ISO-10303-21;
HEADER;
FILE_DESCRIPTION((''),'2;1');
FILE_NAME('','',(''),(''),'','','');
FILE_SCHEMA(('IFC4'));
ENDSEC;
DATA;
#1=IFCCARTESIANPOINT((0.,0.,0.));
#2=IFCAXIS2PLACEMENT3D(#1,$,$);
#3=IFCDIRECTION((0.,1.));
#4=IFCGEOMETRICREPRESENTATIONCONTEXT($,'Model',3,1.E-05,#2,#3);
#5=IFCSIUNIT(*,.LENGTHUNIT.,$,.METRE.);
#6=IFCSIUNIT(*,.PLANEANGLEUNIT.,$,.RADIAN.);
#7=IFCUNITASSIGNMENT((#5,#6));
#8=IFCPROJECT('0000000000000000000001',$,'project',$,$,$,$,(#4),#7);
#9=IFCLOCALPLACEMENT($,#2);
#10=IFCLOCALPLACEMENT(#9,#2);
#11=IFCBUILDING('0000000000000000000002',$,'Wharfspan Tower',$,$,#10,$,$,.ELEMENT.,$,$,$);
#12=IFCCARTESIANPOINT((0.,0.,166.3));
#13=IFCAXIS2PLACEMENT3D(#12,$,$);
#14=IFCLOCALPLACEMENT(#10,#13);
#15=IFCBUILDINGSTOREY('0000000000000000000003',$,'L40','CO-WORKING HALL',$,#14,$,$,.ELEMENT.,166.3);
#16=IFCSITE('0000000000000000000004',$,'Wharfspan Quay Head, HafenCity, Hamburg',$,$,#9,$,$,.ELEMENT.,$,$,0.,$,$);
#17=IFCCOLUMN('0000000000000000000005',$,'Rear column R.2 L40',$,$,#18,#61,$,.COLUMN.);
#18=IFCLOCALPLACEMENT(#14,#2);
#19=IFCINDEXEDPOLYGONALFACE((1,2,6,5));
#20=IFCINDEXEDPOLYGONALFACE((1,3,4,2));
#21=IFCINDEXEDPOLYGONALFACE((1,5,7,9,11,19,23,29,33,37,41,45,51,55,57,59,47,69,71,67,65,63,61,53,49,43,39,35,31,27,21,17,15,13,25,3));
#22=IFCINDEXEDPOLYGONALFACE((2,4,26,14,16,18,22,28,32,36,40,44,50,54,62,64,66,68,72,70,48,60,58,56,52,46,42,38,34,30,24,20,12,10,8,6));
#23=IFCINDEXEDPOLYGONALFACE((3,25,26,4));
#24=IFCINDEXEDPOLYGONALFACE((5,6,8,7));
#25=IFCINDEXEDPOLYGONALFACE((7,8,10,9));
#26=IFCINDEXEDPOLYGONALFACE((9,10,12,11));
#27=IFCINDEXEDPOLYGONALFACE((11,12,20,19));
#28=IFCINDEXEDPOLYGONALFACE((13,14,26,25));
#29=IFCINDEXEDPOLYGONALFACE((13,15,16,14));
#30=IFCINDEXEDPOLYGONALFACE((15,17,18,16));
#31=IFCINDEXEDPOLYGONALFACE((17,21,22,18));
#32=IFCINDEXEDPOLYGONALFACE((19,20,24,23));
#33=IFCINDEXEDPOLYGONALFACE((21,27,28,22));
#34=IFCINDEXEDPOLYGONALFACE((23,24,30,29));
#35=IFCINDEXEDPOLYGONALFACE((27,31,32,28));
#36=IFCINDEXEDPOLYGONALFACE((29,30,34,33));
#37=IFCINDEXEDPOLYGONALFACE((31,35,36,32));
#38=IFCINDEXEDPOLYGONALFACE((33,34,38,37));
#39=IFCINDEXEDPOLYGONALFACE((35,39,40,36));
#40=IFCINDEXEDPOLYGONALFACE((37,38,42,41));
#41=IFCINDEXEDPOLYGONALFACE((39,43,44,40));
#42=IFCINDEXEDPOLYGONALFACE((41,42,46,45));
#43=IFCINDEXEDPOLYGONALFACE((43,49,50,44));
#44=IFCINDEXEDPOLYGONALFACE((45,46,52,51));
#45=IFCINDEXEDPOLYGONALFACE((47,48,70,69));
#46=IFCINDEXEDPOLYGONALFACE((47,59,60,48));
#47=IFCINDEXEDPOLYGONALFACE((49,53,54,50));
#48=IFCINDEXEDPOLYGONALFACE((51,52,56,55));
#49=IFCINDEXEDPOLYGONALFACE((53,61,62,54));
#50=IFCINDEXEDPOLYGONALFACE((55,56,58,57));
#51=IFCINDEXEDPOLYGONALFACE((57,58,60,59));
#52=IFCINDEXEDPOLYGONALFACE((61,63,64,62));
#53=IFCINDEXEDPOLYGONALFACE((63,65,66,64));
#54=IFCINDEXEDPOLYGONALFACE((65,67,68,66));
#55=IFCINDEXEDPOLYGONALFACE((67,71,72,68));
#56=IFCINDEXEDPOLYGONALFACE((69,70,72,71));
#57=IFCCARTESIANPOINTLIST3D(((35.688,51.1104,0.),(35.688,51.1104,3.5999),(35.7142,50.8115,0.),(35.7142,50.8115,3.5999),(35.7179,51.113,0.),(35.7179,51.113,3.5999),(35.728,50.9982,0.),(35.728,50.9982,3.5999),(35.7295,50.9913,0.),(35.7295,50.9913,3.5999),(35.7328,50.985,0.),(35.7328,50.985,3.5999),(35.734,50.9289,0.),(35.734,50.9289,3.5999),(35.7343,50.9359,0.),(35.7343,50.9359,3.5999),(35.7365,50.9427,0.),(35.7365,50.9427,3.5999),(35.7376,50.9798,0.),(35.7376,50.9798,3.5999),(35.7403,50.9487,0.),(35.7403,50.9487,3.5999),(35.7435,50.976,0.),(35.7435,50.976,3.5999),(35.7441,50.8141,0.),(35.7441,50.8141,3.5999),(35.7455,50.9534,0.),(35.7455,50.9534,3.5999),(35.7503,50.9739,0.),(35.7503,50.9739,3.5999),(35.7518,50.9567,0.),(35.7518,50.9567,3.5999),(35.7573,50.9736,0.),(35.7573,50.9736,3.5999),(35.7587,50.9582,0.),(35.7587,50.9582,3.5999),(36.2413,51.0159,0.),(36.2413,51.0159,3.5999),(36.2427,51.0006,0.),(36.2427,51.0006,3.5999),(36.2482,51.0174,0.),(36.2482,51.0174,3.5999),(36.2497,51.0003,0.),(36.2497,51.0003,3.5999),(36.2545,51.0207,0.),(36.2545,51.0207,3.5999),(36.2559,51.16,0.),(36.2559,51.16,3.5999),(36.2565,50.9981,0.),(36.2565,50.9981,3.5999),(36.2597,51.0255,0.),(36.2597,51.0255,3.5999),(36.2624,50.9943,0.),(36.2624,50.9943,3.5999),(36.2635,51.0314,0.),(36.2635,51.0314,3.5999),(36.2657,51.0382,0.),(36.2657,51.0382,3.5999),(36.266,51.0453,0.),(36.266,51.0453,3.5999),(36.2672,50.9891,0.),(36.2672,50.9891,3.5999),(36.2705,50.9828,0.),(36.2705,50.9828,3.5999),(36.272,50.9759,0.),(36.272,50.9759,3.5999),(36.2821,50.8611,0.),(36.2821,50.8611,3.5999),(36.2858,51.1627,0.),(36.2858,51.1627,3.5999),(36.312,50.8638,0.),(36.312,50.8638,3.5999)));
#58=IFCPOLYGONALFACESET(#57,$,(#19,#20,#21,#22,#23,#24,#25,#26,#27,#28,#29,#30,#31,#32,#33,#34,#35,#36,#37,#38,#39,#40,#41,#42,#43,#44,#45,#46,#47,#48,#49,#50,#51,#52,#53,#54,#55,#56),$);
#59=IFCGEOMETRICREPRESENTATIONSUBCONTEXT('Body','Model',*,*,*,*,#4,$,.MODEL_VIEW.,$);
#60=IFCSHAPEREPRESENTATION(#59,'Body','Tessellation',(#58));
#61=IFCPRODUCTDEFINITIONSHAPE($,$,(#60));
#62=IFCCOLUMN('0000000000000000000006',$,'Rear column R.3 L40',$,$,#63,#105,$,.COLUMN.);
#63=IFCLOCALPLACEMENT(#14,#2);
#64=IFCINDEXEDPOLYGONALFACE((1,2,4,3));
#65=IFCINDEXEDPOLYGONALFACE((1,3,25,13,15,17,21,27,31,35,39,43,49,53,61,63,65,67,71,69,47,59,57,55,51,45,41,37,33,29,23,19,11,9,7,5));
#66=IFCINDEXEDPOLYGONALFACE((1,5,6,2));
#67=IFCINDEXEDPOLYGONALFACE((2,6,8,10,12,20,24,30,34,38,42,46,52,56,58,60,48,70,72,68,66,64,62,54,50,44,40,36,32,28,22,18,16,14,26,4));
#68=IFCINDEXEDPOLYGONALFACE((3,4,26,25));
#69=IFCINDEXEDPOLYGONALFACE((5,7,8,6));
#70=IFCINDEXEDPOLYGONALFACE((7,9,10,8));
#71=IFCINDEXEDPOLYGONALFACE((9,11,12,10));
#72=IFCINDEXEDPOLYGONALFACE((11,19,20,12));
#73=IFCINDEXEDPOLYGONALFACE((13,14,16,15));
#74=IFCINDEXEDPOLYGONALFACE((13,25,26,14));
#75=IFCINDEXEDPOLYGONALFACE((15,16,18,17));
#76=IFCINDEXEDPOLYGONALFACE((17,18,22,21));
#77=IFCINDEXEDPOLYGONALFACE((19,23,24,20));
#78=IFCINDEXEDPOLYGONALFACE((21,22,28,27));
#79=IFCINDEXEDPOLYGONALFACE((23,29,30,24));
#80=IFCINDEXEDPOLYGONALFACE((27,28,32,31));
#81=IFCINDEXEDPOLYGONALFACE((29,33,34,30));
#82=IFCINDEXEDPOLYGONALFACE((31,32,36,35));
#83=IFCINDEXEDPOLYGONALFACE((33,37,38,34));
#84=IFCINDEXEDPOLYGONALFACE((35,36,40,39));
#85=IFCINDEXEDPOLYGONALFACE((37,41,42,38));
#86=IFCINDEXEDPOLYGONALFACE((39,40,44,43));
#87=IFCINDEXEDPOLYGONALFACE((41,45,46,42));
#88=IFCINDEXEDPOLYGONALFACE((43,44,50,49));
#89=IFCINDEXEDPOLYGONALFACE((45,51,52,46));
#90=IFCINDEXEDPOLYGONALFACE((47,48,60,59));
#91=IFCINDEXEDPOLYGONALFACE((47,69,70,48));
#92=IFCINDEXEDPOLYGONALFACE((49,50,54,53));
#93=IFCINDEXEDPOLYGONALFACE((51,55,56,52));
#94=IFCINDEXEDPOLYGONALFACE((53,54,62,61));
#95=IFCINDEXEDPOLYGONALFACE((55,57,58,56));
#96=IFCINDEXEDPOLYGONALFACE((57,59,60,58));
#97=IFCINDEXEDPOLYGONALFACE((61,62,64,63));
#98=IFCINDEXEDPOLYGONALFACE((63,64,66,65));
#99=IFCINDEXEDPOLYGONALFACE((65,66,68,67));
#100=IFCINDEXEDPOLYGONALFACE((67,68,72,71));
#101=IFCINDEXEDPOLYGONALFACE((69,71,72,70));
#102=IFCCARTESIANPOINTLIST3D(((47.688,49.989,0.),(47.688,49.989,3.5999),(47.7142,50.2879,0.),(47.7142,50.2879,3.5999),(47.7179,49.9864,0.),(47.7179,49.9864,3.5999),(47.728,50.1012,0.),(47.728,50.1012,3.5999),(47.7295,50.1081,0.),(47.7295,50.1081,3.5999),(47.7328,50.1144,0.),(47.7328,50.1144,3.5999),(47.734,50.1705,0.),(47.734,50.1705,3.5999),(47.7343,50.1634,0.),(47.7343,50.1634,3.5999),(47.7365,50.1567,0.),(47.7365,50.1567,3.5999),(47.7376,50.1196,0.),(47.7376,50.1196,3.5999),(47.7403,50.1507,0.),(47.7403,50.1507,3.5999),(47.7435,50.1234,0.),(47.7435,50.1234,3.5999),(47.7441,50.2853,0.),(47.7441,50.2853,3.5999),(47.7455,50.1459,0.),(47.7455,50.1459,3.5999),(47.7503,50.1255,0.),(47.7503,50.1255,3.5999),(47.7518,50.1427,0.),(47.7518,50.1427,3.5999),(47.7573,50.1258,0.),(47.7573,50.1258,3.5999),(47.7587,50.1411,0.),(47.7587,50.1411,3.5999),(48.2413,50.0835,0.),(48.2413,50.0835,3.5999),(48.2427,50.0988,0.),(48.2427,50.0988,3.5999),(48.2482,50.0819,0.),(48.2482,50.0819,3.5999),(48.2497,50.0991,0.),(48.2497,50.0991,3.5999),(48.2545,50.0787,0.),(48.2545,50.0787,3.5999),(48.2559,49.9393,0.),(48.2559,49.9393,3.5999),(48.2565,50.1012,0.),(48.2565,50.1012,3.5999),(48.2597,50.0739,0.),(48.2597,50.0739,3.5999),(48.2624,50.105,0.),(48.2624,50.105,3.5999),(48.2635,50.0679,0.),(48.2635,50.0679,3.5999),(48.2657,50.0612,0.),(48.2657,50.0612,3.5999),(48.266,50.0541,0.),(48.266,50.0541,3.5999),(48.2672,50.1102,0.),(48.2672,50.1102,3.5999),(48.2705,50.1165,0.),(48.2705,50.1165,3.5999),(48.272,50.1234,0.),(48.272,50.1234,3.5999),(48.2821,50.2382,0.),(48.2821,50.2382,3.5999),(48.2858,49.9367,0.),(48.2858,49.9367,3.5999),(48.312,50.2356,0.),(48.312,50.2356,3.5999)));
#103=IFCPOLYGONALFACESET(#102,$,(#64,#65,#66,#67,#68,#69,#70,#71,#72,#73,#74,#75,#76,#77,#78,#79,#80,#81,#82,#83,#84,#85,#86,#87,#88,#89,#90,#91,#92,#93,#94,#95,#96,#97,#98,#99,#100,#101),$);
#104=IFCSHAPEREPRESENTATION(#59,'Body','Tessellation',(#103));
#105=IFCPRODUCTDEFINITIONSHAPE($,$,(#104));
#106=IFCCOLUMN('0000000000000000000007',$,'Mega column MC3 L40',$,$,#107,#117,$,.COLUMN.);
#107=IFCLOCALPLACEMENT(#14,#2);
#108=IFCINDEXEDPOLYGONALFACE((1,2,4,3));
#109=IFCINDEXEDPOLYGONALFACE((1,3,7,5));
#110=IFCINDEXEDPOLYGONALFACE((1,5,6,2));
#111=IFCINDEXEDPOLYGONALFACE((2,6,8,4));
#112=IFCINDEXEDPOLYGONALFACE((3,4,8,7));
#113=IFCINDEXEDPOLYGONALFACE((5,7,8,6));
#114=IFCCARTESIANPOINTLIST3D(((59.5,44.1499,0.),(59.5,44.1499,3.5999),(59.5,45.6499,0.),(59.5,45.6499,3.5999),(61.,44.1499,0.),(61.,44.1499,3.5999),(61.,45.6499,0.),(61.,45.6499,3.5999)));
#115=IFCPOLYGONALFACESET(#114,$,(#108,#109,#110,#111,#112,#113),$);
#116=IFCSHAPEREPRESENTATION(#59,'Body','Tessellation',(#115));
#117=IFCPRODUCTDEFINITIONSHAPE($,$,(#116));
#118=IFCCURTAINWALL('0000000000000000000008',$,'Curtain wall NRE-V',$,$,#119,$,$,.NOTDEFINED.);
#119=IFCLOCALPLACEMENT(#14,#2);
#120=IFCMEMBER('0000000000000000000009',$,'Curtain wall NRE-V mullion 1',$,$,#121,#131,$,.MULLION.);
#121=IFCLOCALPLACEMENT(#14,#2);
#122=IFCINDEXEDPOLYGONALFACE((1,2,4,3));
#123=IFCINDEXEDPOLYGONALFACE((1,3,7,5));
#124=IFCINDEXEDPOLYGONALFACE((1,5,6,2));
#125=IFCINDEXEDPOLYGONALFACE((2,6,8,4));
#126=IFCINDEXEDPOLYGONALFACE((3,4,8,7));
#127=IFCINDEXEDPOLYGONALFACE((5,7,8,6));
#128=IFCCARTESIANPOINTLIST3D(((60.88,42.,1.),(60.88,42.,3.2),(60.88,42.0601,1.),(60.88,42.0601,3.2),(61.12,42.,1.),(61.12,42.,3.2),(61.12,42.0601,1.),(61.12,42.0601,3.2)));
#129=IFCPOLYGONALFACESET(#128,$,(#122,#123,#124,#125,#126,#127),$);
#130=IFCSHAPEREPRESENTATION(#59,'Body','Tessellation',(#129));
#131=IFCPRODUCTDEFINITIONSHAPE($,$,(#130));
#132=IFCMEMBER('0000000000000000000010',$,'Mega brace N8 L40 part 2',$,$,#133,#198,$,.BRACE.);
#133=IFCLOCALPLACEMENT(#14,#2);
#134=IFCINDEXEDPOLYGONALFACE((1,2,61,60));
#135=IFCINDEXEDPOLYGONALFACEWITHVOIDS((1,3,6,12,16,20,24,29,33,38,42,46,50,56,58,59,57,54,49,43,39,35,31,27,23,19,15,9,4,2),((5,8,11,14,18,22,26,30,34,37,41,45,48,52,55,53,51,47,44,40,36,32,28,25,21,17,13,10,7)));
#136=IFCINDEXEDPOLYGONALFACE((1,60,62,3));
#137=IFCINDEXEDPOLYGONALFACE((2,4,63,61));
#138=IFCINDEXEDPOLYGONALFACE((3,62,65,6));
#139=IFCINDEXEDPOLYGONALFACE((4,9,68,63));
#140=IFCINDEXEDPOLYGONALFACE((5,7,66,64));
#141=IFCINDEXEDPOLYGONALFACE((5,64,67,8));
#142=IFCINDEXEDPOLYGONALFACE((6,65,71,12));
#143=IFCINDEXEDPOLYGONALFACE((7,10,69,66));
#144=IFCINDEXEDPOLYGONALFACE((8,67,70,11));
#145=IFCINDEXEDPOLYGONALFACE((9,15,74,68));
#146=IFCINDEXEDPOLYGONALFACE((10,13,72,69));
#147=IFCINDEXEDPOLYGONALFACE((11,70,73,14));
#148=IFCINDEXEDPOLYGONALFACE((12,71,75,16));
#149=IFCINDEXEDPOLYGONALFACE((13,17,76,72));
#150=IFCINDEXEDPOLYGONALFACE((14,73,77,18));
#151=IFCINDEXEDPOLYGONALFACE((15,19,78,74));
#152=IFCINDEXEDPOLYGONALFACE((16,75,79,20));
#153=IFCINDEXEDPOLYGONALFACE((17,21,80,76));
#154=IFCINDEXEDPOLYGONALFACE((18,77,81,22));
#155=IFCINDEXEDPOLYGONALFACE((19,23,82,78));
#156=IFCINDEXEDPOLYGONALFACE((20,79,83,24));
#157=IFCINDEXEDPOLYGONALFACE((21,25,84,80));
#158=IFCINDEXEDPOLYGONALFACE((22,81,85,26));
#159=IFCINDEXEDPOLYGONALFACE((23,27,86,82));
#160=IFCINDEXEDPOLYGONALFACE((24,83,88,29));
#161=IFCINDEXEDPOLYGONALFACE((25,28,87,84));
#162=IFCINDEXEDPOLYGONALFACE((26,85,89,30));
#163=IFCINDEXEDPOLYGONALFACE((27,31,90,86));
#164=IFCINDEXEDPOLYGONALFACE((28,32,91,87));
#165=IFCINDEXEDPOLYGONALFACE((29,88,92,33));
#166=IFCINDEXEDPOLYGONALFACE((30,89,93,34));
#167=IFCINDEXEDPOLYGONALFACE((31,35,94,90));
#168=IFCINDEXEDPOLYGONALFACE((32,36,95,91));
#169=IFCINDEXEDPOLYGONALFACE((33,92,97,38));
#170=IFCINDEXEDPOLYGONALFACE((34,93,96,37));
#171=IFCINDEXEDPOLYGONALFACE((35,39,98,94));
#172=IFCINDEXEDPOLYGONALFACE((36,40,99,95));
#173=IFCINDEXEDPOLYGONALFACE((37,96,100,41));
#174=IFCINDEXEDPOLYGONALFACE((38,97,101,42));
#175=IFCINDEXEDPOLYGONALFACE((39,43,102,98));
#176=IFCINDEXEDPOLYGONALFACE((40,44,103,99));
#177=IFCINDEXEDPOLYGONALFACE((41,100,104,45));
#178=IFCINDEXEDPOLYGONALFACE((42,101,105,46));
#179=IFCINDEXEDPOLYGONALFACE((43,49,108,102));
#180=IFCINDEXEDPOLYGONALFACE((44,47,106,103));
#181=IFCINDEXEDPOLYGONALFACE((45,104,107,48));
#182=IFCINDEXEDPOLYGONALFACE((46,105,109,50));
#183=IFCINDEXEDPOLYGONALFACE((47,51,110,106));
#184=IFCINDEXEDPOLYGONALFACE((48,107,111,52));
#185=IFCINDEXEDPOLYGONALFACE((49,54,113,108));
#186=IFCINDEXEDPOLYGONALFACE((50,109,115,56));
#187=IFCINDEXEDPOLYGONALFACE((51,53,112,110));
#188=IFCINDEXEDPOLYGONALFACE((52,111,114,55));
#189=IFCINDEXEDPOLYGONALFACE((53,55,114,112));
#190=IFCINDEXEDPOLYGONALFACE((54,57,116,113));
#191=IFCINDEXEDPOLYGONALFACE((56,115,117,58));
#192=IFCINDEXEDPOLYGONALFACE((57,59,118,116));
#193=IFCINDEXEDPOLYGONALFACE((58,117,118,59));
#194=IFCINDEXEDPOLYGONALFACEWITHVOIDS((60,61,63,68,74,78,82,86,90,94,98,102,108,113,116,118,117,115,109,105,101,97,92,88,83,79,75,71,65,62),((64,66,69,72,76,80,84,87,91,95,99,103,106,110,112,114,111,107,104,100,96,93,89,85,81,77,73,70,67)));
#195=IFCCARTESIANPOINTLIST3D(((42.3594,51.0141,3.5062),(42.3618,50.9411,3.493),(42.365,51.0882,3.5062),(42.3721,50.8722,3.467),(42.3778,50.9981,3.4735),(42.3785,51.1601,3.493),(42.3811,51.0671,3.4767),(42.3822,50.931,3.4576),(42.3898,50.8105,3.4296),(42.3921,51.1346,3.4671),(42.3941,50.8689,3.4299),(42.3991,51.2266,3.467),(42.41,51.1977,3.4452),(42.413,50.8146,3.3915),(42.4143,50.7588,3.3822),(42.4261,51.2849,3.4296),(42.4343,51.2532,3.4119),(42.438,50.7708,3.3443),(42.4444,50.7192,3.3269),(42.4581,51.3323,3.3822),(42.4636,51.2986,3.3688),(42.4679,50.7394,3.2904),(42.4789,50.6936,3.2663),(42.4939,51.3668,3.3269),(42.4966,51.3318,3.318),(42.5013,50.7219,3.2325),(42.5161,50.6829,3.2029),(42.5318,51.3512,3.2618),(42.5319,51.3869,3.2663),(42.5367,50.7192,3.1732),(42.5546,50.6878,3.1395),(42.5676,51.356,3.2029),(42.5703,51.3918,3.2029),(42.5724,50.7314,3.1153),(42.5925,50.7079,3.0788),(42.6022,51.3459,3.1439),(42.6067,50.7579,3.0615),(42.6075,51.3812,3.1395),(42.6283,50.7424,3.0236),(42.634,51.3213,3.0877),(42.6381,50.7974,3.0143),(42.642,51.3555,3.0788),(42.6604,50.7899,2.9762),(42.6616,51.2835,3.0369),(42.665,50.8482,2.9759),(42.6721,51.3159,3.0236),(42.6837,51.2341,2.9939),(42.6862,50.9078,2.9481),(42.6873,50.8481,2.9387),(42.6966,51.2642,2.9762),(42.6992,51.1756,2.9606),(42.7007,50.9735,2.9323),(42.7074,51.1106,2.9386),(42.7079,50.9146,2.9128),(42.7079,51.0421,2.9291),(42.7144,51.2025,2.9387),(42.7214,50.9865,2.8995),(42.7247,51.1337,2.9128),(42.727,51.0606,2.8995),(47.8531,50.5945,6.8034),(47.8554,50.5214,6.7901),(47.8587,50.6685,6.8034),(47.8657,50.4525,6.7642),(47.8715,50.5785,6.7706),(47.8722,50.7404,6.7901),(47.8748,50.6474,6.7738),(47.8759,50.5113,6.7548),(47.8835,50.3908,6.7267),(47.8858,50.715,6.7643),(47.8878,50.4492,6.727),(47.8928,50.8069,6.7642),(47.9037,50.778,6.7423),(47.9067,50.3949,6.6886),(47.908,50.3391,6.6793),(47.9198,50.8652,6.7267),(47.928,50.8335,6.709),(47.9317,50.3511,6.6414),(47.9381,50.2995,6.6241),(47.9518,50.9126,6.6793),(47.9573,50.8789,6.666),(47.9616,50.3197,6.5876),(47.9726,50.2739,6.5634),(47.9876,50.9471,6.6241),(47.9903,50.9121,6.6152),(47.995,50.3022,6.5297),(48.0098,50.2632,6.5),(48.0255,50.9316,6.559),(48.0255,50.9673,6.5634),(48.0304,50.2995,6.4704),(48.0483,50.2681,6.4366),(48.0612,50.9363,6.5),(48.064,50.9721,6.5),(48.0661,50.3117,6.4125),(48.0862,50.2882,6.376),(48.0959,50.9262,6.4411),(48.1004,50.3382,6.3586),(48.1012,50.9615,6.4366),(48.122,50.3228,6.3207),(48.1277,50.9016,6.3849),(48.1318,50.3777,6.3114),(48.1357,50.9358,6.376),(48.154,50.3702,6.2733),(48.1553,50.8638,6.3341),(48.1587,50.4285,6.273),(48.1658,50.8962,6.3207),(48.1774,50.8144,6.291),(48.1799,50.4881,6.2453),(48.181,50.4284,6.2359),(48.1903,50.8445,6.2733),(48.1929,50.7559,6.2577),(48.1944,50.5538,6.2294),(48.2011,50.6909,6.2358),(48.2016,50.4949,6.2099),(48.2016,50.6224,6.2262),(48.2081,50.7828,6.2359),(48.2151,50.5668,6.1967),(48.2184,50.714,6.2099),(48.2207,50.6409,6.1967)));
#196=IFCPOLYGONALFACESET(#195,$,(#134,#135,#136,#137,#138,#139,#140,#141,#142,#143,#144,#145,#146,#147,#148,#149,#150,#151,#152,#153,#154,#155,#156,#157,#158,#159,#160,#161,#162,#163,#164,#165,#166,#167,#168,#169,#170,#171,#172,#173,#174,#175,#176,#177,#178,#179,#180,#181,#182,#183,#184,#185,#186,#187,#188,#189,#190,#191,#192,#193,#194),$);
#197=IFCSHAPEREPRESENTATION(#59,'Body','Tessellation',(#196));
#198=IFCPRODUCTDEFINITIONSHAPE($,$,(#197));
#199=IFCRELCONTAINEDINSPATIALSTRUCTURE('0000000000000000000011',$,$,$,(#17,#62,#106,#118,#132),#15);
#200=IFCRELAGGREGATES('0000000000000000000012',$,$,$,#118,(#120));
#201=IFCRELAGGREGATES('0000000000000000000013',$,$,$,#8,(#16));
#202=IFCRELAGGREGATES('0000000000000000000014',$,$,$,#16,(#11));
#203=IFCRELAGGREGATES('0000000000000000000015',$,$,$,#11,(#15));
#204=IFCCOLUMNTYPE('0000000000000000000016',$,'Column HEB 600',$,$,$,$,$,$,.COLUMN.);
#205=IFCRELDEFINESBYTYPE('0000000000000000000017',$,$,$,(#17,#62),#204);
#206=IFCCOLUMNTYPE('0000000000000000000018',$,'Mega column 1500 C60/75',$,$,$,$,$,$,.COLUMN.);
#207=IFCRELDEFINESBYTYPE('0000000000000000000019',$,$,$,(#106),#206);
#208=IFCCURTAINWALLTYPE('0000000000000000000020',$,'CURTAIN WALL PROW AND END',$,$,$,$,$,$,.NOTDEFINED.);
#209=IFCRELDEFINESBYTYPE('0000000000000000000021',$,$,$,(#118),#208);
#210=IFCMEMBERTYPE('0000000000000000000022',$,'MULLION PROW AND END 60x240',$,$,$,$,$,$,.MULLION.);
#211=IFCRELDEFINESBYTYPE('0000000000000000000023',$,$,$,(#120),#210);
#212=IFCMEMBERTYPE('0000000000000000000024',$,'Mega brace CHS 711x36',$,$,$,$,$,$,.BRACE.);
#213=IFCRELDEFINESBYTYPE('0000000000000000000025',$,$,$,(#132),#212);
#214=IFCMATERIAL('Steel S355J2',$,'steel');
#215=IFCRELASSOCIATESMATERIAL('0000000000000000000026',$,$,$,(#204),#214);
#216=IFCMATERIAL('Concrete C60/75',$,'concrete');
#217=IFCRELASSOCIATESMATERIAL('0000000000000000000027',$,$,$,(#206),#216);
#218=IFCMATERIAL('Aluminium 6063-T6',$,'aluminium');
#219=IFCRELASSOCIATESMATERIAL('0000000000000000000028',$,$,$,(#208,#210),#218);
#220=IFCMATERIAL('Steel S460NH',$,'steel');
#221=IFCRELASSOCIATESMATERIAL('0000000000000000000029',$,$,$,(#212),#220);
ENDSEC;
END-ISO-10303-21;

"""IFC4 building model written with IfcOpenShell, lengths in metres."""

from ifc_helpers import new_model, si_unit, direction, frame, origin, origin_2d, place, context, subcontext, project, spatial, rectangle, hollow_circle, i_section, extrude, material, material_profile, profile_set, type_object, element, aggregate, save


model = new_model("IFC4")

# Units and contexts
model_context = context("Model", 3, precision=1e-05, world=origin(), true_north=direction((0.0, 1.0)))
body_context = subcontext(model_context, "Body", "Model", "MODEL_VIEW")
ifc_project = project(units=[si_unit("LENGTHUNIT", "METRE"), si_unit("PLANEANGLEUNIT", "RADIAN")], contexts=[model_context])

# Site, building, storey
site_placement = place(None, origin())
site = spatial("IfcSite", under=ifc_project, at=site_placement, Name="Wharfspan Quay Head, HafenCity, Hamburg", CompositionType="ELEMENT", RefElevation=0.0)
building_placement = place(site_placement, origin())
building = spatial("IfcBuilding", under=site, at=building_placement, Name="Wharfspan Tower", CompositionType="ELEMENT")
storey_placement = place(building_placement, frame((0.0, 0.0, 166.3)))
storey = spatial("IfcBuildingStorey", under=building, at=storey_placement, Name="L40", Description="CO-WORKING HALL", CompositionType="ELEMENT", Elevation=166.3)

# Columns
ifc_material_1 = material(Name="Steel S355J2", Category="steel")
ifc_material_profile_1 = material_profile(ifc_material_1, i_section(OverallWidth=0.3, OverallDepth=0.6001, WebThickness=0.0154, FlangeThickness=0.03, FilletRadius=0.0271, at=origin_2d()))
ifc_profile_set_1 = profile_set([ifc_material_profile_1], Name="Steel S355J2")
column_type_1 = type_object("IfcColumnType", Name="Column HEB 600", PredefinedType="COLUMN", material=ifc_profile_set_1)
for number, where, z_axis, x_axis, name in (
    (1, (36.0, 50.9871, 0.0), (0.0, 0.0, 1.0), (-0.087156, 0.996198, 0.0), "Rear column R.2 L40"),
    (2, (48.0, 50.1123, 0.0), (0.0, 0.0, 1.0), (0.087156, 0.996198, 0.0), "Rear column R.3 L40"),
):
    element("IfcColumn", number, at=place(storey_placement, frame(where, z_axis=z_axis, x_axis=x_axis)), inside=storey, type_object=column_type_1, Name=name, PredefinedType="COLUMN", context=body_context, shape_type="SweptSolid", body=[
        extrude(i_section(OverallWidth=0.3, OverallDepth=0.6001, WebThickness=0.0154, FlangeThickness=0.03, FilletRadius=0.0271, at=origin_2d()), origin(), (0.0, 0.0, 1.0), 3.5999),
    ])
ifc_material_2 = material(Name="Concrete C60/75", Category="concrete")
ifc_material_profile_2 = material_profile(ifc_material_2, rectangle(XDim=1.5, YDim=1.5, at=origin_2d()))
ifc_profile_set_2 = profile_set([ifc_material_profile_2], Name="Concrete C60/75")
column_type_2 = type_object("IfcColumnType", Name="Mega column 1500 C60/75", PredefinedType="COLUMN", material=ifc_profile_set_2)
column_placement = place(storey_placement, frame((60.25, 44.8999, 0.0), z_axis=(0.0, 0.0, 1.0), x_axis=(1.0, 0.0, 0.0)))
element("IfcColumn", 3, at=column_placement, inside=storey, type_object=column_type_2, Name="Mega column MC3 L40", PredefinedType="COLUMN", context=body_context, shape_type="SweptSolid", body=[
    extrude(rectangle(XDim=1.5, YDim=1.5, at=origin_2d()), origin(), (0.0, 0.0, 1.0), 3.5999),
])

# Curtain wall, member
ifc_material_3 = material(Name="Aluminium 6063-T6", Category="aluminium")
curtain_wall_type = type_object("IfcCurtainWallType", Name="CURTAIN WALL PROW AND END", PredefinedType="NOTDEFINED", material=ifc_material_3)
curtain_wall_placement = place(storey_placement, origin())
curtain_wall = element("IfcCurtainWall", 4, at=curtain_wall_placement, inside=storey, type_object=curtain_wall_type, Name="Curtain wall NRE-V", PredefinedType="NOTDEFINED")
ifc_material_profile_3 = material_profile(ifc_material_3, rectangle(XDim=0.24, YDim=0.0601, at=origin_2d()))
ifc_profile_set_3 = profile_set([ifc_material_profile_3], Name="Aluminium 6063-T6")
member_type_1 = type_object("IfcMemberType", Name="MULLION PROW AND END 60x240", PredefinedType="MULLION", material=ifc_profile_set_3)
member_1_placement = place(storey_placement, frame((61.0, 42.03, 1.0), z_axis=(0.0, 0.0, 1.0), x_axis=(-1.0, 0.0, 0.0)))
member_1 = element("IfcMember", 5, at=member_1_placement, type_object=member_type_1, Name="Curtain wall NRE-V mullion 1", PredefinedType="MULLION", context=body_context, shape_type="SweptSolid", body=[
    extrude(rectangle(XDim=0.24, YDim=0.0601, at=origin_2d()), origin(), (0.0, 0.0, 1.0), 2.2),
])

# Member
ifc_material_4 = material(Name="Steel S460NH", Category="steel")
ifc_material_profile_4 = material_profile(ifc_material_4, hollow_circle(Radius=0.3555, WallThickness=0.0359, at=origin_2d()))
ifc_profile_set_4 = profile_set([ifc_material_profile_4], Name="Steel S460NH")
member_type_2 = type_object("IfcMemberType", Name="Mega brace CHS 711x36", PredefinedType="BRACE", material=ifc_profile_set_4)
for number, where, z_axis, x_axis, name in (
    (6, (42.5432, 51.0374, 3.2029), (0.855596, -0.065362, 0.513502), (0.076171, 0.997095, 0.000001), "Mega brace N8 L40 part 2"),
):
    element("IfcMember", number, at=place(storey_placement, frame(where, z_axis=z_axis, x_axis=x_axis)), inside=storey, type_object=member_type_2, Name=name, PredefinedType="BRACE", context=body_context, shape_type="SweptSolid", body=[
        extrude(hollow_circle(Radius=0.3555, WallThickness=0.0359, at=origin_2d()), origin(), (0.0, 0.0, 1.0), 6.4209),
    ])

aggregate(curtain_wall, [member_1])

save(model, "model.ifc")
